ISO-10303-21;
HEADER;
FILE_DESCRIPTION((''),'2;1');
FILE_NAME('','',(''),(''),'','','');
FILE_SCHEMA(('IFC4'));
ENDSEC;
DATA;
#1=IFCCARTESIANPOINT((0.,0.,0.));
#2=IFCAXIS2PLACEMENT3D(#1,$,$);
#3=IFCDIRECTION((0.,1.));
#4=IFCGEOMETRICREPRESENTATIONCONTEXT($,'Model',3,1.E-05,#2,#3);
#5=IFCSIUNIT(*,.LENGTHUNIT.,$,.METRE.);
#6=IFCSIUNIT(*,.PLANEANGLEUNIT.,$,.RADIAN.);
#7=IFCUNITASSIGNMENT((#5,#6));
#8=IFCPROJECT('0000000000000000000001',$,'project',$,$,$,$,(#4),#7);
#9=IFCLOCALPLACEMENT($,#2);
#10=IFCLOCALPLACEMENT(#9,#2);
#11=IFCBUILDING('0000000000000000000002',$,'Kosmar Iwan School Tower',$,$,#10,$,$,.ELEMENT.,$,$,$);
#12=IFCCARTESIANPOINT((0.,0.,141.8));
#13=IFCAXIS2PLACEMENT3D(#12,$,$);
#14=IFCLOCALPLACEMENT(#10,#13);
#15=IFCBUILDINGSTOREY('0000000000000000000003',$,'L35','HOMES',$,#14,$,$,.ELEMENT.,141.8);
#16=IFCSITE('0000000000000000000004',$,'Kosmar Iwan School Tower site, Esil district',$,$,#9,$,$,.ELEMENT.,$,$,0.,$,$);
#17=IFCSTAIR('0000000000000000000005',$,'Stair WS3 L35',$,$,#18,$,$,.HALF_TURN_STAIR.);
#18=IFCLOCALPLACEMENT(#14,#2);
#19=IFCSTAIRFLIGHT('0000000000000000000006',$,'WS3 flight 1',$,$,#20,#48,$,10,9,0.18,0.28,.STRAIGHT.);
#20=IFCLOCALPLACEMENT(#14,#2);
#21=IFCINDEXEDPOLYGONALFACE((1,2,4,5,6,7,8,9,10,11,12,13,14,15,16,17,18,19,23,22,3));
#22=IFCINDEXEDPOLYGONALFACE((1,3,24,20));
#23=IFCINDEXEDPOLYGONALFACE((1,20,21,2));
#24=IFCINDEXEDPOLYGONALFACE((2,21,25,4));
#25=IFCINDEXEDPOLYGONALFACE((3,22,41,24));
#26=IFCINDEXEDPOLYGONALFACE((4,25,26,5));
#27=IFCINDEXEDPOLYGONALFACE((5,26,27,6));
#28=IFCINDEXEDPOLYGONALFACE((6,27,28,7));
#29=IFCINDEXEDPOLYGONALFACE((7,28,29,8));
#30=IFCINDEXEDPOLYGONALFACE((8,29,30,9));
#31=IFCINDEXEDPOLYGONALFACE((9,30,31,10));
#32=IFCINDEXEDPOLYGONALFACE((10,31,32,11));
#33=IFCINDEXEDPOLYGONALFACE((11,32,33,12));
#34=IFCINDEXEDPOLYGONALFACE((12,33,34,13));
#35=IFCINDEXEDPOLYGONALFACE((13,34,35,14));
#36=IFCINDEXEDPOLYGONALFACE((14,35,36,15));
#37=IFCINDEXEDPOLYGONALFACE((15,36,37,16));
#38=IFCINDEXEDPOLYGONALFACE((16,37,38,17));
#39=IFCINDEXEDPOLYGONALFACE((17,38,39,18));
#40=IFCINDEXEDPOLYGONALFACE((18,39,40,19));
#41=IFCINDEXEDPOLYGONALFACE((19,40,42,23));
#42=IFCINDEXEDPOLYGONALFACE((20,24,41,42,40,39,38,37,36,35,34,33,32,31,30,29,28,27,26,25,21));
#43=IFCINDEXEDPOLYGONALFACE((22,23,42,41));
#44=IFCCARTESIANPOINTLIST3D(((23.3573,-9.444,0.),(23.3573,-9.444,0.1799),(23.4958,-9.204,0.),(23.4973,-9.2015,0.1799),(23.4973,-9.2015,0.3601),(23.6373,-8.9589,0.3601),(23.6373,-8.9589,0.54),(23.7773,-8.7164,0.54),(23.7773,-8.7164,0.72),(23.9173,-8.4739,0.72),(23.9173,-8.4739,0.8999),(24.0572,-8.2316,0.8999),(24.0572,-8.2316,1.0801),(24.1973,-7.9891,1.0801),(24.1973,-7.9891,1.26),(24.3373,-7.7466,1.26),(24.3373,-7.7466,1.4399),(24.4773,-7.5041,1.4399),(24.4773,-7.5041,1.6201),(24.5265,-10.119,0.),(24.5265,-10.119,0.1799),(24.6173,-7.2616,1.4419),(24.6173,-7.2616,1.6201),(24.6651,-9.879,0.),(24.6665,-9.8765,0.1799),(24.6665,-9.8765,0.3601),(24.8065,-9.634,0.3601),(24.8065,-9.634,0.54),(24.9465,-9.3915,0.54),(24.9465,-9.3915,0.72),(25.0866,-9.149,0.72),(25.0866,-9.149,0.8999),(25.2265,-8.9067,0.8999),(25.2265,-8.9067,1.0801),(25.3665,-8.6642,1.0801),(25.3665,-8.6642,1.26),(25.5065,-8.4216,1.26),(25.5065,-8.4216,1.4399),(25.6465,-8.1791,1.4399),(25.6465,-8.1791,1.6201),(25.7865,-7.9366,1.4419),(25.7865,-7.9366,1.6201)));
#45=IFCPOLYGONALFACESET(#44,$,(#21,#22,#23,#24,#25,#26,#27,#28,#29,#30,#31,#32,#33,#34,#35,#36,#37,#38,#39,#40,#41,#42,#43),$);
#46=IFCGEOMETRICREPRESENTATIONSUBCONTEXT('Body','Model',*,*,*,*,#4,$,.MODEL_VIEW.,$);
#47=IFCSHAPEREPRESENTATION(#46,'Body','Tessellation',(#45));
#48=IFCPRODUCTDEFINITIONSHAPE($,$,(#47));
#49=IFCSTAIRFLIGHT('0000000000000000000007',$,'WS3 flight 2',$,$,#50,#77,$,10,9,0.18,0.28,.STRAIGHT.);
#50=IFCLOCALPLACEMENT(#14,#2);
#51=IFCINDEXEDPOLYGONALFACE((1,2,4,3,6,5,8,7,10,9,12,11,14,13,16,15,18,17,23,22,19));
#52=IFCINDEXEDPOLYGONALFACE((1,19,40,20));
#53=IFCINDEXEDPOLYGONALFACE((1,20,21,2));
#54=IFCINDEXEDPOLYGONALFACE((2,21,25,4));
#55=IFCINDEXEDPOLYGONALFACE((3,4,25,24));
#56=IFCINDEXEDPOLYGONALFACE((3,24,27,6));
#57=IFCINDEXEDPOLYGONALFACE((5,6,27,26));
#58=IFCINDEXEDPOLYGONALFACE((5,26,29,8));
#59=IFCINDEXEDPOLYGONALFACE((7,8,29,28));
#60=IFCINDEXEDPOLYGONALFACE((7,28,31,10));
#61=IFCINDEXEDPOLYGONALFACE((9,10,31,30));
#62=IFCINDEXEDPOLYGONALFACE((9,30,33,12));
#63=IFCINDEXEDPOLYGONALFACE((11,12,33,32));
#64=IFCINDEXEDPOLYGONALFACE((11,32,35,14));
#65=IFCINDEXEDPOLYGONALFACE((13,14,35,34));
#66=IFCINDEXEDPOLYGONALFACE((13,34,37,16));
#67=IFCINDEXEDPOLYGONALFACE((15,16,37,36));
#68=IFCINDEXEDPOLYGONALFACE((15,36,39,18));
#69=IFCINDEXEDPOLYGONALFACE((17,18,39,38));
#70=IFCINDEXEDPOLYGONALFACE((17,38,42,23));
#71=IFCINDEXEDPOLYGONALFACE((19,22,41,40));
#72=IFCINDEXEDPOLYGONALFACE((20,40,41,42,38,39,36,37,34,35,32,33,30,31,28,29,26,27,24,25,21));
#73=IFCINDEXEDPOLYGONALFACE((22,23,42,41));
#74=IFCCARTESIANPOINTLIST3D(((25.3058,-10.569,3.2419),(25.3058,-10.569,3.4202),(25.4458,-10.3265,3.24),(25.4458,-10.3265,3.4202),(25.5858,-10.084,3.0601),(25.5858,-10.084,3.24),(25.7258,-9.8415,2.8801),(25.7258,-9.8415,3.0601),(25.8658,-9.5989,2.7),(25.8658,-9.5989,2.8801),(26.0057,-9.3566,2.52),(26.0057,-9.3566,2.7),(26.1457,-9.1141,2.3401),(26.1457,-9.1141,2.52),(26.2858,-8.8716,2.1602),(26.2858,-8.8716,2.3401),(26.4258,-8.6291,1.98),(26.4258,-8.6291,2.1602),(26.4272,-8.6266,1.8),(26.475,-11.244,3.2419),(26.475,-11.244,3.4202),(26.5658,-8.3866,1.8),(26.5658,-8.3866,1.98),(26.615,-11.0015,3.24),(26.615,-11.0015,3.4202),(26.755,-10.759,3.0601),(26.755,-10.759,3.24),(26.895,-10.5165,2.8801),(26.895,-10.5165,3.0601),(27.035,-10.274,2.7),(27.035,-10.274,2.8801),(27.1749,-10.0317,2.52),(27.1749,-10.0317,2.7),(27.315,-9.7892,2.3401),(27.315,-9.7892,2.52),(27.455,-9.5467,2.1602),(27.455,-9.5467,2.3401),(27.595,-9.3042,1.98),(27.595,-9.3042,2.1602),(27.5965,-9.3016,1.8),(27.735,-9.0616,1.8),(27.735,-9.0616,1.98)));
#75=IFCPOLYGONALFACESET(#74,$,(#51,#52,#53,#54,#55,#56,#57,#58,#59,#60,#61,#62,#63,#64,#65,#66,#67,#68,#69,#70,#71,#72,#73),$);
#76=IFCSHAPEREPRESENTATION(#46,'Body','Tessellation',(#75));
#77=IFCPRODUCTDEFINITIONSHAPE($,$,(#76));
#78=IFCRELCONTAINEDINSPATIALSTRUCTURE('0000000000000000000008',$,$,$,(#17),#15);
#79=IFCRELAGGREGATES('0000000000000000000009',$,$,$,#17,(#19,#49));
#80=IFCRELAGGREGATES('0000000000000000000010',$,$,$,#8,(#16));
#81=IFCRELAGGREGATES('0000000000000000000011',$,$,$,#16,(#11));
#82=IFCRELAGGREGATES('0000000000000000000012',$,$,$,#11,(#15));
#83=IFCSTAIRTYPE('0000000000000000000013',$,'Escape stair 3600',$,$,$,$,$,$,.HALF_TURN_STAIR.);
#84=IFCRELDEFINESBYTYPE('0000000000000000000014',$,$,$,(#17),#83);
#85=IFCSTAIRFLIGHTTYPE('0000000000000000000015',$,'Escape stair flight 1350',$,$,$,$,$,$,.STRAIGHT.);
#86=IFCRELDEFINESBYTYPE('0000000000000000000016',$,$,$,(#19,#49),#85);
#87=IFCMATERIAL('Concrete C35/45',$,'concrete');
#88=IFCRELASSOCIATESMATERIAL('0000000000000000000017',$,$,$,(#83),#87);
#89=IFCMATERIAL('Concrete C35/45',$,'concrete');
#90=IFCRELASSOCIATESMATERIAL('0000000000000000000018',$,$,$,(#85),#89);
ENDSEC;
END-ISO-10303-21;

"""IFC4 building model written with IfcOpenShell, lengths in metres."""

from ifc_helpers import new_model, si_unit, direction, frame, origin, place, context, subcontext, project, spatial, polyline, outline, extrude, material, type_object, element, aggregate, save


model = new_model("IFC4")

# Units and contexts
model_context = context("Model", 3, precision=1e-05, world=origin(), true_north=direction((0.0, 1.0)))
body_context = subcontext(model_context, "Body", "Model", "MODEL_VIEW")
ifc_project = project(units=[si_unit("LENGTHUNIT", "METRE"), si_unit("PLANEANGLEUNIT", "RADIAN")], contexts=[model_context])

# Site, building, storey
site_placement = place(None, origin())
site = spatial("IfcSite", under=ifc_project, at=site_placement, Name="Kosmar Iwan School Tower site, Esil district", CompositionType="ELEMENT", RefElevation=0.0)
building_placement = place(site_placement, origin())
building = spatial("IfcBuilding", under=site, at=building_placement, Name="Kosmar Iwan School Tower", CompositionType="ELEMENT")
storey_placement = place(building_placement, frame((0.0, 0.0, 141.8)))
storey = spatial("IfcBuildingStorey", under=building, at=storey_placement, Name="L35", Description="HOMES", CompositionType="ELEMENT", Elevation=141.8)

# Stair, stair flights
ifc_material_1 = material(Name="Concrete C35/45", Category="concrete")
stair_type = type_object("IfcStairType", Name="Escape stair 3600", PredefinedType="HALF_TURN_STAIR", material=ifc_material_1)
stair_placement = place(storey_placement, origin())
stair = element("IfcStair", 1, at=stair_placement, inside=storey, type_object=stair_type, Name="Stair WS3 L35", PredefinedType="HALF_TURN_STAIR")
ifc_material_2 = material(Name="Concrete C35/45", Category="concrete")
stair_flight_type = type_object("IfcStairFlightType", Name="Escape stair flight 1350", PredefinedType="STRAIGHT", material=ifc_material_2)
stair_flight_1_placement = place(storey_placement, frame((23.9419, -9.7815, 0.0), z_axis=(0.0, 0.0, 1.0), x_axis=(0.5, 0.866025, 0.0)))
stair_flight_1 = element("IfcStairFlight", 2, at=stair_flight_1_placement, type_object=stair_flight_type, Name="WS3 flight 1", NumberOfRisers=10, NumberOfTreads=9, PredefinedType="STRAIGHT", RiserHeight=0.18, TreadLength=0.28, context=body_context, shape_type="SweptSolid", body=[
    extrude(outline(polyline([(0.0, 0.0), (0.0, 0.1799), (0.28, 0.1799), (0.28, 0.3601), (0.5601, 0.3601), (0.5601, 0.54), (0.8401, 0.54), (0.8401, 0.72), (1.1201, 0.72), (1.1201, 0.8999), (1.3999, 0.8999), (1.3999, 1.0801), (1.6799, 1.0801), (1.6799, 1.26), (1.96, 1.26), (1.96, 1.4399), (2.24, 1.4399), (2.24, 1.6201), (2.52, 1.6201), (2.52, 1.8), (2.52, 1.4419), (0.2771, 0.0), (0.0, 0.0)])), frame((0.0, 0.675, 0.0), z_axis=(0.0, -1.0, 0.0), x_axis=(1.0, 0.0, 0.0)), (0.0, 0.0, 1.0), 1.3501),
])
stair_flight_2_placement = place(storey_placement, frame((27.1504, -8.7241, 1.8), z_axis=(0.0, 0.0, 1.0), x_axis=(-0.5, -0.866025, 0.0)))
stair_flight_2 = element("IfcStairFlight", 3, at=stair_flight_2_placement, type_object=stair_flight_type, Name="WS3 flight 2", NumberOfRisers=10, NumberOfTreads=9, PredefinedType="STRAIGHT", RiserHeight=0.18, TreadLength=0.28, context=body_context, shape_type="SweptSolid", body=[
    extrude(outline(polyline([(0.0, 0.0), (0.0, 0.1799), (0.28, 0.1799), (0.28, 0.3601), (0.5601, 0.3601), (0.5601, 0.54), (0.8401, 0.54), (0.8401, 0.72), (1.1201, 0.72), (1.1201, 0.8999), (1.3999, 0.8999), (1.3999, 1.0801), (1.6799, 1.0801), (1.6799, 1.26), (1.96, 1.26), (1.96, 1.4399), (2.24, 1.4399), (2.24, 1.6201), (2.52, 1.6201), (2.52, 1.8), (2.52, 1.4419), (0.2771, 0.0), (0.0, 0.0)])), frame((0.0, 0.675, 0.0), z_axis=(0.0, -1.0, 0.0), x_axis=(1.0, 0.0, 0.0)), (0.0, 0.0, 1.0), 1.3501),
])
aggregate(stair, [stair_flight_1, stair_flight_2])

save(model, "model.ifc")
